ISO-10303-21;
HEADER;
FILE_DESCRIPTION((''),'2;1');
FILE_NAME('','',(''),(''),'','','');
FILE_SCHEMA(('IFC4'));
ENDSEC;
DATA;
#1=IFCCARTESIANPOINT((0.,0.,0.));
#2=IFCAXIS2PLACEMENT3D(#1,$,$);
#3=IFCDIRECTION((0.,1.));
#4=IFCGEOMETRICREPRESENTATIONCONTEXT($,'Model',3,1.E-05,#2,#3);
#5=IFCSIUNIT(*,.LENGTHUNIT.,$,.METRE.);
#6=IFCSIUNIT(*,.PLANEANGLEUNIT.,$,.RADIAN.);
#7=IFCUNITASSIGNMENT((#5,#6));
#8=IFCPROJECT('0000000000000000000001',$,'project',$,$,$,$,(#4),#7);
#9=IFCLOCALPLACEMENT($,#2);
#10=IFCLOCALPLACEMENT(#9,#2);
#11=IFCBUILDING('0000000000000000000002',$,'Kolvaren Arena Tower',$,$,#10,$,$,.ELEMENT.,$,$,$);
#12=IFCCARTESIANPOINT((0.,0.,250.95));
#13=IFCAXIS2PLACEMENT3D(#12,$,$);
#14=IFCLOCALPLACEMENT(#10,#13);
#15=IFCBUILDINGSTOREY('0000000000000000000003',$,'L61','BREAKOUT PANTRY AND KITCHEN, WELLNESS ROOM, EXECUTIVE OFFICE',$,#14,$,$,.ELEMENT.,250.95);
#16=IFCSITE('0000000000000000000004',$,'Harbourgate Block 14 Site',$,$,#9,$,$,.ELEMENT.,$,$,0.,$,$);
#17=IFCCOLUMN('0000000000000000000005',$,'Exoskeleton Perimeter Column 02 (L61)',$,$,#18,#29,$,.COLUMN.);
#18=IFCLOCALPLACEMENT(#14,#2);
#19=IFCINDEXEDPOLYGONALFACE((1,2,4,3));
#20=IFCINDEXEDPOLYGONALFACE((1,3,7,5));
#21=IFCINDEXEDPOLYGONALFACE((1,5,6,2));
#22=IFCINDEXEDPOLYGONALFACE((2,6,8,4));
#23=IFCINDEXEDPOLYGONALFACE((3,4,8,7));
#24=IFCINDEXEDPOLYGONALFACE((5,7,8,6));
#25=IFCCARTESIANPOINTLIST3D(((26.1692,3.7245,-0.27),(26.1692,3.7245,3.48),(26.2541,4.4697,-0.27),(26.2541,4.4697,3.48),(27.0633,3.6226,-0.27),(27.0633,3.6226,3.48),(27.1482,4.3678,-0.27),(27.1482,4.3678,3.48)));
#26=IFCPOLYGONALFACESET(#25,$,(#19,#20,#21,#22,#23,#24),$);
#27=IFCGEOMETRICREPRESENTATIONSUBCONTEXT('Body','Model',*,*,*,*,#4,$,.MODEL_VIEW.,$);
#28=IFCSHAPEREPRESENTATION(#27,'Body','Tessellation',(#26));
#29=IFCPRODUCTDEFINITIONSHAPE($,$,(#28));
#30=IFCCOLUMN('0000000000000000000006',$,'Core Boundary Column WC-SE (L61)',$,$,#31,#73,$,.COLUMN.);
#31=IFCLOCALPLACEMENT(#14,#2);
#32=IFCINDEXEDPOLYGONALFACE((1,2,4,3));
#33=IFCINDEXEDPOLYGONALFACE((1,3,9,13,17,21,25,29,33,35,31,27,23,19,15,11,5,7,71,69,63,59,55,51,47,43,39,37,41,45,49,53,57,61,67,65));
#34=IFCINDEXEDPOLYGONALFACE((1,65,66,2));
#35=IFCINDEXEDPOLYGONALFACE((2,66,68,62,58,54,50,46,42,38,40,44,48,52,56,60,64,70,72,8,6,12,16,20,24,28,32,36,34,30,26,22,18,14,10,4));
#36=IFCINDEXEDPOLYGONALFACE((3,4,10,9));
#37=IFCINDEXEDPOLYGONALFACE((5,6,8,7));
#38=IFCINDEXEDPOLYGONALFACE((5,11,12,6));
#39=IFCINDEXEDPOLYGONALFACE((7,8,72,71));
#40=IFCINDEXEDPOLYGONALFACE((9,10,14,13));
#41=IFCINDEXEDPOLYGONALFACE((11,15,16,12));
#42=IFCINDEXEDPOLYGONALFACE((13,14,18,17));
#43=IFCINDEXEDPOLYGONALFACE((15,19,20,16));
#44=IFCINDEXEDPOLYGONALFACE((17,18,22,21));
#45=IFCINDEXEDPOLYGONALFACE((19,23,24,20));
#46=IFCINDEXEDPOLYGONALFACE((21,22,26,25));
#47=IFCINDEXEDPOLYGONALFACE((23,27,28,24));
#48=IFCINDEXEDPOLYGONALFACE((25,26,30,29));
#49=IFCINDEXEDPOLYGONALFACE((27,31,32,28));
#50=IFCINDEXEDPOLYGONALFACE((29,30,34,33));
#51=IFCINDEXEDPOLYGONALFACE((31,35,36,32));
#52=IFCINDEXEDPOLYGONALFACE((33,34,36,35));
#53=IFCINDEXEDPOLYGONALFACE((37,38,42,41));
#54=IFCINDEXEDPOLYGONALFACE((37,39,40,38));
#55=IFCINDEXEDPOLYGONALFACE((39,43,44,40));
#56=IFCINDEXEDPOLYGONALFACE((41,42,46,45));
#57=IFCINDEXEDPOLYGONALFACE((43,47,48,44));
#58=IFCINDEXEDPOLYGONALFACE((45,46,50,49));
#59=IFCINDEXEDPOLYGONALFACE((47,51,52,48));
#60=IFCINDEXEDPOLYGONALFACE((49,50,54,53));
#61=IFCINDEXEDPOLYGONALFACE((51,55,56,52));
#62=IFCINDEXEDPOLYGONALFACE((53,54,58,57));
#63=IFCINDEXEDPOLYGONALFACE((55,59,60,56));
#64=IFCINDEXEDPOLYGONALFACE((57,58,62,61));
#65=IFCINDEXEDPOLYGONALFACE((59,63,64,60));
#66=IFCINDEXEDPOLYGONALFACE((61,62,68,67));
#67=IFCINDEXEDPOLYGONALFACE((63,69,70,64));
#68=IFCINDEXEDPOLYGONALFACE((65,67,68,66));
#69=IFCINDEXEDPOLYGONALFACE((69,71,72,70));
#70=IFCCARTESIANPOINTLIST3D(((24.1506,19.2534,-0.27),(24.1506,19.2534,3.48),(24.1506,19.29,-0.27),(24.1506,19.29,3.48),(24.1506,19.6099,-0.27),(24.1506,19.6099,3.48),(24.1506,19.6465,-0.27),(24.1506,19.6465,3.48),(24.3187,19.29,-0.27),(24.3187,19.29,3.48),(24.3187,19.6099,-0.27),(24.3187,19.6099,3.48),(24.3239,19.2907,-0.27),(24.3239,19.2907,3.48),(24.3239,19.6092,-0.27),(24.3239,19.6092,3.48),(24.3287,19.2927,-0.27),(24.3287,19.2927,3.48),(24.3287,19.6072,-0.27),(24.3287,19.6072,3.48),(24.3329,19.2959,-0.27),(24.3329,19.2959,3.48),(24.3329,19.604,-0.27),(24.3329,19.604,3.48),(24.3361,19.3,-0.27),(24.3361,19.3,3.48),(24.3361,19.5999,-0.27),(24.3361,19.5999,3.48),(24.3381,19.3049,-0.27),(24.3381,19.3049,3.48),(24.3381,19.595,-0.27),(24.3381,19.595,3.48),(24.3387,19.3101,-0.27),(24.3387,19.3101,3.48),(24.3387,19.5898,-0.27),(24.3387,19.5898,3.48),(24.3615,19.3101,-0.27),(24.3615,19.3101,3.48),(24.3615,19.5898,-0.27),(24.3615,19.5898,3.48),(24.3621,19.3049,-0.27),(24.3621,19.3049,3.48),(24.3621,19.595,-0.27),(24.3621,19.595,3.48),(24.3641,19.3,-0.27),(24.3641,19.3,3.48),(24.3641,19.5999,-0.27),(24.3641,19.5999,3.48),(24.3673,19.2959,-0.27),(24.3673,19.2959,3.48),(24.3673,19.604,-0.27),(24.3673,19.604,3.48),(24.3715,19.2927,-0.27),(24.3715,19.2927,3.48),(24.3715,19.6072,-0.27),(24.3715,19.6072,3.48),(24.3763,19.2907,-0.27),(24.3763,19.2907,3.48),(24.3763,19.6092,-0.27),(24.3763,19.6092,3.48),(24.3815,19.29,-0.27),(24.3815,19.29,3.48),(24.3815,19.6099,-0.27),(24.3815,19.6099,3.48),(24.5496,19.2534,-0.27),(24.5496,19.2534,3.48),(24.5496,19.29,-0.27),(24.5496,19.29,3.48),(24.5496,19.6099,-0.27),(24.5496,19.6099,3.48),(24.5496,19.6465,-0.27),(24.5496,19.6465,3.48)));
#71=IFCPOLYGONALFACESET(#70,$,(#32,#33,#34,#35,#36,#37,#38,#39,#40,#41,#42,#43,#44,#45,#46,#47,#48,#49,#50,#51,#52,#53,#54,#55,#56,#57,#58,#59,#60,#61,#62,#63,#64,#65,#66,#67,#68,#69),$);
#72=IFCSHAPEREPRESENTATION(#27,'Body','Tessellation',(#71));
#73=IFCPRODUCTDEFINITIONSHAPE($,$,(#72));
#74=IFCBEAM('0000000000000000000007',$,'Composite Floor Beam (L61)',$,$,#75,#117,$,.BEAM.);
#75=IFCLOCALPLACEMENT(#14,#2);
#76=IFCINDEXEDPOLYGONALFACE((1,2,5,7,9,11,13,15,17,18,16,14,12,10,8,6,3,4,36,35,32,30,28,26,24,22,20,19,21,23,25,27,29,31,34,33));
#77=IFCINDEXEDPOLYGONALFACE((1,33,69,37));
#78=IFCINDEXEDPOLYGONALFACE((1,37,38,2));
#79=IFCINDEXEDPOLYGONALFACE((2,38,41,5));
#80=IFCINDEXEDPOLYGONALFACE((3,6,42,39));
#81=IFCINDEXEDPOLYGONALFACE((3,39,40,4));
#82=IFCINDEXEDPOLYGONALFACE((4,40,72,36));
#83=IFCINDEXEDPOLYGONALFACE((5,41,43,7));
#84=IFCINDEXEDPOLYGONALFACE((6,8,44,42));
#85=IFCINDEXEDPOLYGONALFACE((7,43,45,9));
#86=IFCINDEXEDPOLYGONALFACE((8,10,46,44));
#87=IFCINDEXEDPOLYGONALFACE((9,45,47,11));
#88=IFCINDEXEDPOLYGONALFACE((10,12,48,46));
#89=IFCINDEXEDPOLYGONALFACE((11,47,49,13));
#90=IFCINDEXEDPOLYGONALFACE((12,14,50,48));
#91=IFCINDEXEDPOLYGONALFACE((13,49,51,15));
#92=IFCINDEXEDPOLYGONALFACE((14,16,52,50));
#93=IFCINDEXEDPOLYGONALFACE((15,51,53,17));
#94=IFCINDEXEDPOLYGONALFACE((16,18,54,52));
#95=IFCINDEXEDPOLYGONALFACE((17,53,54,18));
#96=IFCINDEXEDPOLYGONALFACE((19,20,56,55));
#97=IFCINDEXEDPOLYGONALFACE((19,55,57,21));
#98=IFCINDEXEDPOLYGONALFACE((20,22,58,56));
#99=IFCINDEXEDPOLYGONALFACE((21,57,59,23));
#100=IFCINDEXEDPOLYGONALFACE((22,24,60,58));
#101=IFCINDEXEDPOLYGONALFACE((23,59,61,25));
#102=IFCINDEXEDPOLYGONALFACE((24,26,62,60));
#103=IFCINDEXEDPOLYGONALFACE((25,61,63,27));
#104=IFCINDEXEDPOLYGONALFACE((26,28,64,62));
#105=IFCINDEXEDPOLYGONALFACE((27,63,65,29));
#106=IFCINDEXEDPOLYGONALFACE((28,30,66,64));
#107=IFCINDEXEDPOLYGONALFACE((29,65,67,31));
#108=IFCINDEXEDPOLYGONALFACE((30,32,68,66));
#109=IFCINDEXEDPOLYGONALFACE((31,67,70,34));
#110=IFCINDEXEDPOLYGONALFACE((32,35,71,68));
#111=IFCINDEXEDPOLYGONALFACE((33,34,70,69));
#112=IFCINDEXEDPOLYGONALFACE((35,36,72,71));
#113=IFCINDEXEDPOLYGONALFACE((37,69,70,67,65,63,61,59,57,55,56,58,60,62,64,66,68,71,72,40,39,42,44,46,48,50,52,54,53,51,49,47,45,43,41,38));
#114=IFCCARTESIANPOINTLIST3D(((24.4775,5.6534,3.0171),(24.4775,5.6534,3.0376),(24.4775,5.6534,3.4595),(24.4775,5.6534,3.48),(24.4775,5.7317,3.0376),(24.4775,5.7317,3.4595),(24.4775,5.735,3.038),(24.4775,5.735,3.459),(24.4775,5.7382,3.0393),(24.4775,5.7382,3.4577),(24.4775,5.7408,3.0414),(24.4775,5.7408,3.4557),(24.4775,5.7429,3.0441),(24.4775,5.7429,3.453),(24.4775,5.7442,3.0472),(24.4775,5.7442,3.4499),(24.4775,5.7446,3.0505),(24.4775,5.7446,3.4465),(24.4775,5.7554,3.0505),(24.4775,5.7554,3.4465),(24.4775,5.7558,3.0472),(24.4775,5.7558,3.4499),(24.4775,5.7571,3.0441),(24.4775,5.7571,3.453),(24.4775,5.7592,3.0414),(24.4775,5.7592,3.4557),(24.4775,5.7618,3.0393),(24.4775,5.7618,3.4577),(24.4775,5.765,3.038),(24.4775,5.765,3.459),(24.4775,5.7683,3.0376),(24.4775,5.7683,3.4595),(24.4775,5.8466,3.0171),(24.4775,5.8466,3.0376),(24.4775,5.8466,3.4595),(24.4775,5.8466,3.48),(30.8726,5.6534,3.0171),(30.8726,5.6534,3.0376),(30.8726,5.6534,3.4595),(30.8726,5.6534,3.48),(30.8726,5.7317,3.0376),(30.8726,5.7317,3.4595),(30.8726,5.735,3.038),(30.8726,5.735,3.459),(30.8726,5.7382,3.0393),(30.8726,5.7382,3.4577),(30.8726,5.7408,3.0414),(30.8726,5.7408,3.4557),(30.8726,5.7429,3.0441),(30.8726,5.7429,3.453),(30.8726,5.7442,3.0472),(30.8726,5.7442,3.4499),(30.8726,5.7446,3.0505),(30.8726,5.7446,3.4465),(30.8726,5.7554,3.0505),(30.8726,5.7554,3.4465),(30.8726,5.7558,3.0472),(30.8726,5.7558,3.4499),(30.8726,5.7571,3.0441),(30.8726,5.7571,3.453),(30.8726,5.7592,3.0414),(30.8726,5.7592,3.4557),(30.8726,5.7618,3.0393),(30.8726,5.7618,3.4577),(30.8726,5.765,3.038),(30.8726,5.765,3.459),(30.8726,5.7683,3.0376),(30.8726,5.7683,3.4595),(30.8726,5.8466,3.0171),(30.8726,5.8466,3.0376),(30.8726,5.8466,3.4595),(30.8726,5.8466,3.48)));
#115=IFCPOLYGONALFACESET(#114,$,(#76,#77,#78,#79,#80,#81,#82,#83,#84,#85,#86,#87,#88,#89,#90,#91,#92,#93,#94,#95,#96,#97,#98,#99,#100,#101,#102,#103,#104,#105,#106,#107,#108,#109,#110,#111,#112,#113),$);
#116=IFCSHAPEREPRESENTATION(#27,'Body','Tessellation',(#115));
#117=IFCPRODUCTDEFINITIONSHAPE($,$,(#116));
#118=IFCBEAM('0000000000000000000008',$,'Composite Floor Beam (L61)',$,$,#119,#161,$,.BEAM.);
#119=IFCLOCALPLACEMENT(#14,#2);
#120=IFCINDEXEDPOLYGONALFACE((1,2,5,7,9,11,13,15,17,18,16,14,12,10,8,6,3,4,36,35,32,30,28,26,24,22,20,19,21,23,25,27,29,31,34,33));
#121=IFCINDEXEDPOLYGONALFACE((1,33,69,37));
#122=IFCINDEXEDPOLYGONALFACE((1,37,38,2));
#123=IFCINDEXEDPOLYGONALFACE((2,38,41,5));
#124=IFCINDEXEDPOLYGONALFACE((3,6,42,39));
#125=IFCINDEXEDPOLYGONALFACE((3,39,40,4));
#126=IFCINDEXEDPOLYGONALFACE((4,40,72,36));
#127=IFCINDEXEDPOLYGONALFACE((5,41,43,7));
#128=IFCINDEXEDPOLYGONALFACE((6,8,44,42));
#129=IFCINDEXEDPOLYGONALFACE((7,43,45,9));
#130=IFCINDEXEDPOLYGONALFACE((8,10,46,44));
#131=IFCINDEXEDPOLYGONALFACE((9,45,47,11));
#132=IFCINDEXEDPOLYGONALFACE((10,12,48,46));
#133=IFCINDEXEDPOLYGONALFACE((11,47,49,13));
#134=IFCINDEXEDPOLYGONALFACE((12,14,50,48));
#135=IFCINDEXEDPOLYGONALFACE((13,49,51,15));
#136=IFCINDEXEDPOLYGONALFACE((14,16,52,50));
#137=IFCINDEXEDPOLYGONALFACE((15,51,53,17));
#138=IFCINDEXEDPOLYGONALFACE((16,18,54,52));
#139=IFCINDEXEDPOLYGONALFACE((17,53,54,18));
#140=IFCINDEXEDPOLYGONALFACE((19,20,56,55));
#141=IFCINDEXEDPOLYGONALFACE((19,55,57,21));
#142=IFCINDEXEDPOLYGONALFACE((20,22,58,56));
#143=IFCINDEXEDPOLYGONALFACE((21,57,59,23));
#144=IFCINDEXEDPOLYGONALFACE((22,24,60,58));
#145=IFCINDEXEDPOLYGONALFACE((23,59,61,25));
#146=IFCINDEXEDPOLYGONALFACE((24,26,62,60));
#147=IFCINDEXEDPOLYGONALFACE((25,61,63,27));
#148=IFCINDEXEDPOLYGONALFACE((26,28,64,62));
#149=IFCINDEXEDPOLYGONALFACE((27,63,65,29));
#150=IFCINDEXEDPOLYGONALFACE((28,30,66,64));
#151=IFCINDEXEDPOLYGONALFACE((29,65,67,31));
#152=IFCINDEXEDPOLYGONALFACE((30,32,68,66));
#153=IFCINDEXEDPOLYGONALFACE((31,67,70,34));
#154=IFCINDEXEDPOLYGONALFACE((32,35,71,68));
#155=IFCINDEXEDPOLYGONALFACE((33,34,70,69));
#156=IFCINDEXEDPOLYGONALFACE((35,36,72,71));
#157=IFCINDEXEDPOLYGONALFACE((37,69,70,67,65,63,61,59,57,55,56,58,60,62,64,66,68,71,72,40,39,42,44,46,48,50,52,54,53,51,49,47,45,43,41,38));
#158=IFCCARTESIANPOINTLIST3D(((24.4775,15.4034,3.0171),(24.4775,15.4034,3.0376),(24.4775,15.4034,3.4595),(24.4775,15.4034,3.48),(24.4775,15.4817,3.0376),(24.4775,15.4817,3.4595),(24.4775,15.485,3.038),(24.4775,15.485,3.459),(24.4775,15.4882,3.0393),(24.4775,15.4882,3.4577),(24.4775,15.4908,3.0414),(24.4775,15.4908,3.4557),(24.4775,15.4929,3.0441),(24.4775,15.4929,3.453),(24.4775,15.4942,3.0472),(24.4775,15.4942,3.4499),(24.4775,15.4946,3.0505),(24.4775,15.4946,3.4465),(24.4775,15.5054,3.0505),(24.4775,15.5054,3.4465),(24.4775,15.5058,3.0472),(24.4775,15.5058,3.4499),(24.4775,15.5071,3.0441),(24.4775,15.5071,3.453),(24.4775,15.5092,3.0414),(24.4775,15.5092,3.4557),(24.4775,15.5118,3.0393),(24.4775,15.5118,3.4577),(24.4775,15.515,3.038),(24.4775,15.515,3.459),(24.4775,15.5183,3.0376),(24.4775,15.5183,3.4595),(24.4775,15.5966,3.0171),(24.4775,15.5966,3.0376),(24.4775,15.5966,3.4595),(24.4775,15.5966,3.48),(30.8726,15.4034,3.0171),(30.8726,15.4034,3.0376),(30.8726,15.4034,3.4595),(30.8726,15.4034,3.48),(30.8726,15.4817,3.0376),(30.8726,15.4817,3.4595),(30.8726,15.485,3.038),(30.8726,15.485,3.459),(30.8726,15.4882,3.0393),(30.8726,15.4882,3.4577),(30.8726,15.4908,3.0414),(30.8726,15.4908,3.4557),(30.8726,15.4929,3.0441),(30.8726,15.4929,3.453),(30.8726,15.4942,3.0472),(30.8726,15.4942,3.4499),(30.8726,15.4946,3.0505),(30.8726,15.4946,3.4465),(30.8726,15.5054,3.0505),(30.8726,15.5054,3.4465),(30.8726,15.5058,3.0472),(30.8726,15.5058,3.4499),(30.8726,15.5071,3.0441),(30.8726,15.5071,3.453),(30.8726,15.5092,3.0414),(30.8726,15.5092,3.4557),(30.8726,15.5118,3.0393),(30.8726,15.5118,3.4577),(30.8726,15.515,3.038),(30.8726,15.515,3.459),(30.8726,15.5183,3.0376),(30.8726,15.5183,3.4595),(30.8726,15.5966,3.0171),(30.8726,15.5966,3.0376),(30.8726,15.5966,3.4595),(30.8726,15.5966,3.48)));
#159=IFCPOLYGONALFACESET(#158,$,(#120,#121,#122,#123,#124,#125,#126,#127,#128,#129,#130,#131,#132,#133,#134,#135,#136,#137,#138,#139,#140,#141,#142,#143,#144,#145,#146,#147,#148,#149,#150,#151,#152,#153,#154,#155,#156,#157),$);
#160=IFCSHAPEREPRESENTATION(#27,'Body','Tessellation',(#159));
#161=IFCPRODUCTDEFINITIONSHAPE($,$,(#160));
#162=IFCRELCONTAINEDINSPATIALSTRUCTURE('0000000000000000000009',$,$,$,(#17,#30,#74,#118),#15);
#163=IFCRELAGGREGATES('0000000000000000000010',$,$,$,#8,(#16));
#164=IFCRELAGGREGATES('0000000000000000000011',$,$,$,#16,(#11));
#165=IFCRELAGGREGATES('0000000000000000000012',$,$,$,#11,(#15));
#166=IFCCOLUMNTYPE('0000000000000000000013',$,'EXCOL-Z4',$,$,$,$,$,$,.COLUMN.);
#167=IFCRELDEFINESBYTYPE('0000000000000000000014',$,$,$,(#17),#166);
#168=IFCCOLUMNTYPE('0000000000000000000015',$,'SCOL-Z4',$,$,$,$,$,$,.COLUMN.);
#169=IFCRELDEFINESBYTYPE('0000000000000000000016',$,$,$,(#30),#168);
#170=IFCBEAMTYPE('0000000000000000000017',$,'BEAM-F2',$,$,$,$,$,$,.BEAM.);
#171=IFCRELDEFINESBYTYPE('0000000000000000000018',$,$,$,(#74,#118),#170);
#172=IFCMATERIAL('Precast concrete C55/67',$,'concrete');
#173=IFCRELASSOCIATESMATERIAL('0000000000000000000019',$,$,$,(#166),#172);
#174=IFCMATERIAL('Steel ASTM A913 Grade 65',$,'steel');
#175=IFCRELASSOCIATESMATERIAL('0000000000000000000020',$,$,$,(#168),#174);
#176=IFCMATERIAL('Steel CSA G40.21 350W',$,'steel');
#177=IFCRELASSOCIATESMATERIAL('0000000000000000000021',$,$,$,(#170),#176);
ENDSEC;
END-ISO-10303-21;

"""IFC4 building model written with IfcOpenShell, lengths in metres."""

from ifc_helpers import new_model, si_unit, direction, frame, origin, origin_2d, place, context, subcontext, project, spatial, rectangle, i_section, extrude, material, material_profile, profile_set, type_object, element, save


model = new_model("IFC4")

# Units and contexts
model_context = context("Model", 3, precision=1e-05, world=origin(), true_north=direction((0.0, 1.0)))
body_context = subcontext(model_context, "Body", "Model", "MODEL_VIEW")
ifc_project = project(units=[si_unit("LENGTHUNIT", "METRE"), si_unit("PLANEANGLEUNIT", "RADIAN")], contexts=[model_context])

# Site, building, storey
site_placement = place(None, origin())
site = spatial("IfcSite", under=ifc_project, at=site_placement, Name="Harbourgate Block 14 Site", CompositionType="ELEMENT", RefElevation=0.0)
building_placement = place(site_placement, origin())
building = spatial("IfcBuilding", under=site, at=building_placement, Name="Kolvaren Arena Tower", CompositionType="ELEMENT")
storey_placement = place(building_placement, frame((0.0, 0.0, 250.95)))
storey = spatial("IfcBuildingStorey", under=building, at=storey_placement, Name="L61", Description="BREAKOUT PANTRY AND KITCHEN, WELLNESS ROOM, EXECUTIVE OFFICE", CompositionType="ELEMENT", Elevation=250.95)

# Columns
ifc_material_1 = material(Name="Precast concrete C55/67", Category="concrete")
ifc_material_profile_1 = material_profile(ifc_material_1, rectangle(XDim=0.8999, YDim=0.75, at=origin_2d()), Name="RC-900x750")
ifc_profile_set_1 = profile_set([ifc_material_profile_1], Name="Precast concrete C55/67")
column_type_1 = type_object("IfcColumnType", Name="EXCOL-Z4", PredefinedType="COLUMN", material=ifc_profile_set_1)
column_1_placement = place(storey_placement, frame((26.6587, 4.0461, -0.27), z_axis=(0.0, 0.0, 1.0), x_axis=(0.993572, -0.113203, 0.0)))
element("IfcColumn", 1, at=column_1_placement, inside=storey, type_object=column_type_1, Name="Exoskeleton Perimeter Column 02 (L61)", PredefinedType="COLUMN", context=body_context, shape_type="SweptSolid", body=[
    extrude(rectangle(XDim=0.8999, YDim=0.75, at=origin_2d()), origin(), (0.0, 0.0, 1.0), 3.75),
])
ifc_material_2 = material(Name="Steel ASTM A913 Grade 65", Category="steel")
ifc_material_profile_2 = material_profile(ifc_material_2, i_section(OverallWidth=0.3989, OverallDepth=0.3931, WebThickness=0.0227, FlangeThickness=0.0366, FilletRadius=0.02, at=origin_2d()), Name="W360x287")
ifc_profile_set_2 = profile_set([ifc_material_profile_2], Name="Steel ASTM A913 Grade 65")
column_type_2 = type_object("IfcColumnType", Name="SCOL-Z4", PredefinedType="COLUMN", material=ifc_profile_set_2)
column_2_placement = place(storey_placement, frame((24.3501, 19.45, -0.27), z_axis=(0.0, 0.0, 1.0), x_axis=(1.0, 0.0, 0.0)))
element("IfcColumn", 2, at=column_2_placement, inside=storey, type_object=column_type_2, Name="Core Boundary Column WC-SE (L61)", PredefinedType="COLUMN", context=body_context, shape_type="SweptSolid", body=[
    extrude(i_section(OverallWidth=0.3989, OverallDepth=0.3931, WebThickness=0.0227, FlangeThickness=0.0366, FilletRadius=0.02, at=origin_2d()), origin(), (0.0, 0.0, 1.0), 3.75),
])

# Beams
ifc_material_3 = material(Name="Steel CSA G40.21 350W", Category="steel")
ifc_material_profile_3 = material_profile(ifc_material_3, i_section(OverallWidth=0.1931, OverallDepth=0.4629, WebThickness=0.0107, FlangeThickness=0.0205, FilletRadius=0.0129, at=origin_2d()), Name="W460x113")
ifc_profile_set_3 = profile_set([ifc_material_profile_3], Name="Steel CSA G40.21 350W")
beam_type_1 = type_object("IfcBeamType", Name="BEAM-F2", PredefinedType="BEAM", material=ifc_profile_set_3)
for number, where, z_axis, x_axis, name in (
    (3, (24.4775, 5.75, 3.2485), (1.0, 0.0, 0.0), (0.0, 1.0, 0.0), "Composite Floor Beam (L61)"),
    (4, (24.4775, 15.5, 3.2485), (1.0, 0.0, 0.0), (0.0, 1.0, 0.0), "Composite Floor Beam (L61)"),
):
    element("IfcBeam", number, at=place(storey_placement, frame(where, z_axis=z_axis, x_axis=x_axis)), inside=storey, type_object=beam_type_1, Name=name, PredefinedType="BEAM", context=body_context, shape_type="SweptSolid", body=[
        extrude(i_section(OverallWidth=0.1931, OverallDepth=0.4629, WebThickness=0.0107, FlangeThickness=0.0205, FilletRadius=0.0129, at=origin_2d()), origin(), (0.0, 0.0, 1.0), 6.395),
    ])

save(model, "model.ifc")
